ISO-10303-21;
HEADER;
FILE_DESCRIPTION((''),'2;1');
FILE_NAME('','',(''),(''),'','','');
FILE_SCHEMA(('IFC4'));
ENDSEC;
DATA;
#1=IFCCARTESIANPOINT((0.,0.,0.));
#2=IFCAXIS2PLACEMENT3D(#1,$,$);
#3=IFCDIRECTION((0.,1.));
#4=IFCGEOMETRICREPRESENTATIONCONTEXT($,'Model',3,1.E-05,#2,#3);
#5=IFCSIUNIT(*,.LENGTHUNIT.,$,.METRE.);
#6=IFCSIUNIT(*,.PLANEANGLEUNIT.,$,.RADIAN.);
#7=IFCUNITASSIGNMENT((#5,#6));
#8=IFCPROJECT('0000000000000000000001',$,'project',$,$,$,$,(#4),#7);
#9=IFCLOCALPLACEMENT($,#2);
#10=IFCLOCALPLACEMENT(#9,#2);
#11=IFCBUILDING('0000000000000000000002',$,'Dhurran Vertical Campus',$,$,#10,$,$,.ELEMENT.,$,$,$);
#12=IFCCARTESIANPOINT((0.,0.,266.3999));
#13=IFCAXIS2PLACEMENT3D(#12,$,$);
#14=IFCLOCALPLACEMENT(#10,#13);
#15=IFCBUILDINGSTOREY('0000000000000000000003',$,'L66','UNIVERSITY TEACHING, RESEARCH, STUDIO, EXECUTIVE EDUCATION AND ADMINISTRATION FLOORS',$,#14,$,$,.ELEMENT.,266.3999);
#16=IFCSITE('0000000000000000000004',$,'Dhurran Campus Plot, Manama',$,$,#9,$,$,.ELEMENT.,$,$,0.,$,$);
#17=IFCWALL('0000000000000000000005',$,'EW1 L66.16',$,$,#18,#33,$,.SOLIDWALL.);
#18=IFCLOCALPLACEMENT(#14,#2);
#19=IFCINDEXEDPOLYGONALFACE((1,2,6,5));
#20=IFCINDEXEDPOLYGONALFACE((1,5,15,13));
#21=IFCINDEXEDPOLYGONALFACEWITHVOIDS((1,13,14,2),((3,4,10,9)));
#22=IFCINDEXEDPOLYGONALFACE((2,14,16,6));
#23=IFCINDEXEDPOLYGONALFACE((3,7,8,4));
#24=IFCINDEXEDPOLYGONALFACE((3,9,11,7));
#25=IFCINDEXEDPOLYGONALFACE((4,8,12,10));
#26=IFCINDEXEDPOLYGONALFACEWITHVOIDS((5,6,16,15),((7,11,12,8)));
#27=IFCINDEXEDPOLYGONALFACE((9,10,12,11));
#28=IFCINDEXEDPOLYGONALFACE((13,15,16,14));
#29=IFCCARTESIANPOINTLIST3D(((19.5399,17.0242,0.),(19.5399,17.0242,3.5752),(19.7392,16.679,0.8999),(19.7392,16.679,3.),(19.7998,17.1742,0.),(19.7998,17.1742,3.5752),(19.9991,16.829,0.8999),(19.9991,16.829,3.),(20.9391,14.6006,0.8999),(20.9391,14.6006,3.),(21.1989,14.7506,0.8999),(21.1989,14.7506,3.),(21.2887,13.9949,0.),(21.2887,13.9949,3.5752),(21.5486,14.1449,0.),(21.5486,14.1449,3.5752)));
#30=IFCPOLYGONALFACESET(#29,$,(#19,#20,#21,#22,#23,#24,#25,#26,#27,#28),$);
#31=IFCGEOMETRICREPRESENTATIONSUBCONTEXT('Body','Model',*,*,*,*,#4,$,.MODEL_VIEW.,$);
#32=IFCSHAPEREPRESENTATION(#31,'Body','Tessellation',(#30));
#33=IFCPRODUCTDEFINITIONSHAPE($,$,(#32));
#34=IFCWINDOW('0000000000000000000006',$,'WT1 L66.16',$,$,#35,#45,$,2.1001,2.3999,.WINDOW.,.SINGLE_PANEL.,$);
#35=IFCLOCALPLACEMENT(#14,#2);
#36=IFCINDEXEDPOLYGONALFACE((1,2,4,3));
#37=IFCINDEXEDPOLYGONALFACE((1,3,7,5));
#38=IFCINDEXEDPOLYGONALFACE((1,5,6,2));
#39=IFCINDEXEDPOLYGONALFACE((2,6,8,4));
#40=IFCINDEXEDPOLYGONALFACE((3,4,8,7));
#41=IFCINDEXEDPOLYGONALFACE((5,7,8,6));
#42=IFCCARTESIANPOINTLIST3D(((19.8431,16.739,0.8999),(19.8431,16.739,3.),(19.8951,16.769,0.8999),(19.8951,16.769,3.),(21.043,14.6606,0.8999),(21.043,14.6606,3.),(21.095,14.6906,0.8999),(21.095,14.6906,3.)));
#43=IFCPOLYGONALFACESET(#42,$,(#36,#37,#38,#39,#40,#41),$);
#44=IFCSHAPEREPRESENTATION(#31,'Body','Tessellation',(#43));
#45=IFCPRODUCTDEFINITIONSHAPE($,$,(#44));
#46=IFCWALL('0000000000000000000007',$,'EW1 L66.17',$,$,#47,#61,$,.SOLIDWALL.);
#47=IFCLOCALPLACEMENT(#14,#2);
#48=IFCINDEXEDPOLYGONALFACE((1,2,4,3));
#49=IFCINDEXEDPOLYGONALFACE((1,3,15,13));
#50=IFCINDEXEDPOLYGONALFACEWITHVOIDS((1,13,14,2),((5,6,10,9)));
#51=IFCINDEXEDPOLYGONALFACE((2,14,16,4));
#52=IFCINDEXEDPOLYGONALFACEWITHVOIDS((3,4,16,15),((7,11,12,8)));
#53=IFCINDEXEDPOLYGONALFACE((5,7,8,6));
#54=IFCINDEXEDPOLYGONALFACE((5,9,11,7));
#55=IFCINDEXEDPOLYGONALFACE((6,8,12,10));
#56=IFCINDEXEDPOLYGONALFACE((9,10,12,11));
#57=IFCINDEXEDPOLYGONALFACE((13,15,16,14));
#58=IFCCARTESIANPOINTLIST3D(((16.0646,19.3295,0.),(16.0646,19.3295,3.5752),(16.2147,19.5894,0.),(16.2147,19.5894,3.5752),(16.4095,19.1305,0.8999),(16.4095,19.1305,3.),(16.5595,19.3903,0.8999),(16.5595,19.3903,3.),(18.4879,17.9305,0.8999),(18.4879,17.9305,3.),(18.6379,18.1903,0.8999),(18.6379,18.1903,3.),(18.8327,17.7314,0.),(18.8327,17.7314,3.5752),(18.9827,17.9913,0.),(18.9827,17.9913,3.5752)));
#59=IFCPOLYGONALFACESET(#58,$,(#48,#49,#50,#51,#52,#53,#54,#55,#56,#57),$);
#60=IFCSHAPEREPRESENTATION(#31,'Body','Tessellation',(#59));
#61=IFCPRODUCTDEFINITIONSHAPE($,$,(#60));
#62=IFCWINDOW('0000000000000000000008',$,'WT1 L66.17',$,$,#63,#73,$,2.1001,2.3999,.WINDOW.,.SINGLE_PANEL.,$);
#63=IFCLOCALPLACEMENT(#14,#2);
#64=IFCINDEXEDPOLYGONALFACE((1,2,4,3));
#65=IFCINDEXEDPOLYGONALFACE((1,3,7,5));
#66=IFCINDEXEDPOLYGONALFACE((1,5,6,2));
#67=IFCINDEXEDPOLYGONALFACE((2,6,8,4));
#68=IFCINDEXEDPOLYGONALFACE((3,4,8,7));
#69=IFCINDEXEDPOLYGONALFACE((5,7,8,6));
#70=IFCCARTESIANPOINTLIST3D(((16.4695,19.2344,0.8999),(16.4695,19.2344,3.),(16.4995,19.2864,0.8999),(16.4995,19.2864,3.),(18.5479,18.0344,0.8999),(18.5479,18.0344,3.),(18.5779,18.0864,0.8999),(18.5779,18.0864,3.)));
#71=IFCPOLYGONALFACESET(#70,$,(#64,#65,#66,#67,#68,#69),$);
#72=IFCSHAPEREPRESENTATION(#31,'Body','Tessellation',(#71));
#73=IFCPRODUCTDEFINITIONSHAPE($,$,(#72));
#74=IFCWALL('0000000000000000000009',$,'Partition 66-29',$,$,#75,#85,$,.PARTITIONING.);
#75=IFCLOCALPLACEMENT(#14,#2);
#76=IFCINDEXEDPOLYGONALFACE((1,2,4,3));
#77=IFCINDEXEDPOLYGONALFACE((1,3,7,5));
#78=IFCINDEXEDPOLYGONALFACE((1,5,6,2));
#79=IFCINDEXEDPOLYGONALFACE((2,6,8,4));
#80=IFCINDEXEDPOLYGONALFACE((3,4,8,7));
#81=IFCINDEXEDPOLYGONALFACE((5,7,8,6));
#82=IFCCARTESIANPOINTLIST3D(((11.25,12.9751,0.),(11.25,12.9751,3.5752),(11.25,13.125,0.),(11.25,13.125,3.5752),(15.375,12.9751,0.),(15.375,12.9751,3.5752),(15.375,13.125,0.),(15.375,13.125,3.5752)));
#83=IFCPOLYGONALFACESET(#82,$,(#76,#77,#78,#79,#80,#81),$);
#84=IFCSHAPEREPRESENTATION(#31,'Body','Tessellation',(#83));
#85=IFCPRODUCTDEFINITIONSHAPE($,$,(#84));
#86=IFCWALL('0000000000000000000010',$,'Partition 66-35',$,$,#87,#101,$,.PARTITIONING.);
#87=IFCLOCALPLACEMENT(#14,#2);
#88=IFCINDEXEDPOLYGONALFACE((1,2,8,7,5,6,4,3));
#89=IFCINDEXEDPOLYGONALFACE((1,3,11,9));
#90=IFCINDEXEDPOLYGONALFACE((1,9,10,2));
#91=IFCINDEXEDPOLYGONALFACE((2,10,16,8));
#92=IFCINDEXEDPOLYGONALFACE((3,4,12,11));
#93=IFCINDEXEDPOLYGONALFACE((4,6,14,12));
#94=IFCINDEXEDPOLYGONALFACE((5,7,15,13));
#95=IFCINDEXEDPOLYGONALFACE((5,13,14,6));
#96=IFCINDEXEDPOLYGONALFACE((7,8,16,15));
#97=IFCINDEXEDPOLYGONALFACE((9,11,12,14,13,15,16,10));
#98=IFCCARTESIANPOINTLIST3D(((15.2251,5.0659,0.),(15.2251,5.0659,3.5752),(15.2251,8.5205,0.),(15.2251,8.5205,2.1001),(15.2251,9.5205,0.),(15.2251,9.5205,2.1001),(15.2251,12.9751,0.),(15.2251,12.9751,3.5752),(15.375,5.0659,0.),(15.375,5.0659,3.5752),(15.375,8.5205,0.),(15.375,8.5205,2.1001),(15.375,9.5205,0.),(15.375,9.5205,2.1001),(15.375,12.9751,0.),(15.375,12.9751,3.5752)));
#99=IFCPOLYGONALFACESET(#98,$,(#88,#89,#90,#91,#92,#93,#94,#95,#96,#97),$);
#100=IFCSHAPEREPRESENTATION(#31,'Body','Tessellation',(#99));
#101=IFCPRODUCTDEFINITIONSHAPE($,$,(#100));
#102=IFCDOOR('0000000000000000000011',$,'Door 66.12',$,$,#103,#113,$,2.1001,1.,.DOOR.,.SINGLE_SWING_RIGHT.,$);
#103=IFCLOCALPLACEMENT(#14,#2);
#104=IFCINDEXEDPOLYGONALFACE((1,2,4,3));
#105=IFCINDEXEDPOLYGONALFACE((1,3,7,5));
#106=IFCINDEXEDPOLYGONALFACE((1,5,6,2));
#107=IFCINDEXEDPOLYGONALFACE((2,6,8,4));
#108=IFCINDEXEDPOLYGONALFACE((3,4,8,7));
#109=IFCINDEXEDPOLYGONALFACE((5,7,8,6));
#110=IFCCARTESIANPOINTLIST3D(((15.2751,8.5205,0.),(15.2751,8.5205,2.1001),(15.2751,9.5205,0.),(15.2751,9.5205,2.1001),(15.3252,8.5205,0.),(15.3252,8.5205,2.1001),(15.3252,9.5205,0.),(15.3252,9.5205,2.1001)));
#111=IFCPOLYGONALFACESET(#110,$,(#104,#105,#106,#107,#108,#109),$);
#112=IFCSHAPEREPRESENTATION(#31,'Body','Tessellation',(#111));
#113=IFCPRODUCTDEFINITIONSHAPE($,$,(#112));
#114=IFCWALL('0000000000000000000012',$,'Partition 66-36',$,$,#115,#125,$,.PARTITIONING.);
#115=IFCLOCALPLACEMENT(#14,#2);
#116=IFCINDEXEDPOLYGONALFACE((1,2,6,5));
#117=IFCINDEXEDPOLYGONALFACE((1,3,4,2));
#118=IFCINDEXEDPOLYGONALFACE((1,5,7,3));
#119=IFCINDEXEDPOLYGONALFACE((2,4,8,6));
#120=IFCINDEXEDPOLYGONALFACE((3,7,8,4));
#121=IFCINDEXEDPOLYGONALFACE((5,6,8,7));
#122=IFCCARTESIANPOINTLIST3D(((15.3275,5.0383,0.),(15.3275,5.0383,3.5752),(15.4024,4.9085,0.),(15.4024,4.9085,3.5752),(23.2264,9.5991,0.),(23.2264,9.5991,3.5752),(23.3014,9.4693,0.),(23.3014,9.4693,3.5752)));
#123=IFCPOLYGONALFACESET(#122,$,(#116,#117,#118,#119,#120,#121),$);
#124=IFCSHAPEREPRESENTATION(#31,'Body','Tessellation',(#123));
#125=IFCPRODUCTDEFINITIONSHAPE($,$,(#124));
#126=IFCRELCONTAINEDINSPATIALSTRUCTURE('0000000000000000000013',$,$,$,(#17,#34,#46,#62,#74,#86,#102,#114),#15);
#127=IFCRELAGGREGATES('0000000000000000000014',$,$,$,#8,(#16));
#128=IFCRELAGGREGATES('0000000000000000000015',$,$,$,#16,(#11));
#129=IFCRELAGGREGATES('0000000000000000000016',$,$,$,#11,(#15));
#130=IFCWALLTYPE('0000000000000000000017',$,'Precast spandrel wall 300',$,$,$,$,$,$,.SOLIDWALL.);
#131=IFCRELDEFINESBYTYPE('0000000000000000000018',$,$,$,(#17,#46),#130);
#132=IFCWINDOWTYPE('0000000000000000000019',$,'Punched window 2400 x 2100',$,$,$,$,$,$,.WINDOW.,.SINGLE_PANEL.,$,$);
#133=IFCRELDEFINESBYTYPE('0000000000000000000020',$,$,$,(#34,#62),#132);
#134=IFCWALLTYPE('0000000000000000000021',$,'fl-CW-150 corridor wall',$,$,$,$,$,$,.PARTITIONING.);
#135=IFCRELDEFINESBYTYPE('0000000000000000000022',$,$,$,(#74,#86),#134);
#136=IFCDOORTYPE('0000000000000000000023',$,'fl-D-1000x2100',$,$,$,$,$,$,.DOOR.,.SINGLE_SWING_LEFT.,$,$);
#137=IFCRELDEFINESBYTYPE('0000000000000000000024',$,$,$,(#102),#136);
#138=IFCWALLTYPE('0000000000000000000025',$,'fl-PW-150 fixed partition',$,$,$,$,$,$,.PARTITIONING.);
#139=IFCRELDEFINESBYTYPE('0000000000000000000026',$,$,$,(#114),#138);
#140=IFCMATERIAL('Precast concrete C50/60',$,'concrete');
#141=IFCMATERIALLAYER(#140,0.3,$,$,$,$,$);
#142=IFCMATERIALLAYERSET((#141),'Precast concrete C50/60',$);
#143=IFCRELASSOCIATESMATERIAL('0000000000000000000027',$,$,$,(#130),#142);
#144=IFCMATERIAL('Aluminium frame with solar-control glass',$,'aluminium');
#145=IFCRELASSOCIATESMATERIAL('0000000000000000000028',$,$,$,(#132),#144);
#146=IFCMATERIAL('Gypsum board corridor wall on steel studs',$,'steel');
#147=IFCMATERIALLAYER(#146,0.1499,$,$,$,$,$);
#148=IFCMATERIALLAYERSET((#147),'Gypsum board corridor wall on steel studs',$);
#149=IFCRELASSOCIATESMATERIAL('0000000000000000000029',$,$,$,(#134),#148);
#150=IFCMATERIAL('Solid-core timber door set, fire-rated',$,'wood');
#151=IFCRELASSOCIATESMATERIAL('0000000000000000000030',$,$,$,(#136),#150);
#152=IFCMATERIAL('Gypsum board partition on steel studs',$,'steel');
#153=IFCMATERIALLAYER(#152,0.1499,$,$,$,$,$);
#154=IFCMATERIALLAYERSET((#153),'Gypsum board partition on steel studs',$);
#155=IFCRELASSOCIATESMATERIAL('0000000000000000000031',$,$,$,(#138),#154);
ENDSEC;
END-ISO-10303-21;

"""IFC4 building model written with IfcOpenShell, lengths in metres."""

from ifc_helpers import new_model, si_unit, direction, frame, frame_2d, origin, place, context, subcontext, project, spatial, rectangle, extrude, material, layer, layer_set, type_object, element, fill, save


model = new_model("IFC4")

# Units and contexts
model_context = context("Model", 3, precision=1e-05, world=origin(), true_north=direction((0.0, 1.0)))
body_context = subcontext(model_context, "Body", "Model", "MODEL_VIEW")
ifc_project = project(units=[si_unit("LENGTHUNIT", "METRE"), si_unit("PLANEANGLEUNIT", "RADIAN")], contexts=[model_context])

# Site, building, storey
site_placement = place(None, origin())
site = spatial("IfcSite", under=ifc_project, at=site_placement, Name="Dhurran Campus Plot, Manama", CompositionType="ELEMENT", RefElevation=0.0)
building_placement = place(site_placement, origin())
building = spatial("IfcBuilding", under=site, at=building_placement, Name="Dhurran Vertical Campus", CompositionType="ELEMENT")
storey_placement = place(building_placement, frame((0.0, 0.0, 266.3999)))
storey = spatial("IfcBuildingStorey", under=building, at=storey_placement, Name="L66", Description="UNIVERSITY TEACHING, RESEARCH, STUDIO, EXECUTIVE EDUCATION AND ADMINISTRATION FLOORS", CompositionType="ELEMENT", Elevation=266.3999)

# Walls, openings, windows
ifc_material_1 = material(Name="Precast concrete C50/60", Category="concrete")
ifc_layer_1 = layer(ifc_material_1, 0.3)
ifc_layer_set_1 = layer_set([ifc_layer_1], Name="Precast concrete C50/60")
wall_type_1 = type_object("IfcWallType", Name="Precast spandrel wall 300", PredefinedType="SOLIDWALL", material=ifc_layer_set_1)
ifc_material_2 = material(Name="Aluminium frame with solar-control glass", Category="aluminium")
window_type = type_object("IfcWindowType", Name="Punched window 2400 x 2100", PartitioningType="SINGLE_PANEL", PredefinedType="WINDOW", material=ifc_material_2)
wall_1_placement = place(storey_placement, frame((21.4187, 14.0698, 0.0), z_axis=(0.0, 0.0, 1.0), x_axis=(-0.49996, 0.866048, 0.0)))
wall_1 = element("IfcWall", 1, at=wall_1_placement, inside=storey, type_object=wall_type_1, Name="EW1 L66.16", PredefinedType="SOLIDWALL", context=body_context, shape_type="SweptSolid", body=[
    extrude(rectangle(XDim=3.4978, YDim=0.3, at=frame_2d((1.749, 0.0))), origin(), (0.0, 0.0, 1.0), 3.5752),
])
opening_1_placement = place(wall_1_placement, frame((0.6995, 0.0, 0.8999)))
opening_1 = element("IfcOpeningElement", 2, at=opening_1_placement, cuts=wall_1, PredefinedType="OPENING", context=body_context, shape_type="SweptSolid", body=[
    extrude(rectangle(XDim=2.3999, YDim=2.1001, at=frame_2d((1.2, 1.05))), frame((0.0, 0.1599, 0.0), z_axis=(0.0, -1.0, 0.0), x_axis=(1.0, 0.0, 0.0)), (0.0, 0.0, 1.0), 0.3201),
])
window_1_placement = place(opening_1_placement, origin())
window_1 = element("IfcWindow", 3, at=window_1_placement, inside=storey, type_object=window_type, Name="WT1 L66.16", OverallHeight=2.1001, OverallWidth=2.3999, PartitioningType="SINGLE_PANEL", PredefinedType="WINDOW", context=body_context, shape_type="SweptSolid", body=[
    extrude(rectangle(XDim=2.3999, YDim=2.1001, at=frame_2d((1.2, 1.05))), frame((0.0, 0.03, 0.0), z_axis=(0.0, -1.0, 0.0), x_axis=(1.0, 0.0, 0.0)), (0.0, 0.0, 1.0), 0.0601),
])
fill(opening_1, window_1)
wall_2_placement = place(storey_placement, frame((18.9077, 17.8613, 0.0), z_axis=(0.0, 0.0, 1.0), x_axis=(-0.866025, 0.5, 0.0)))
wall_2 = element("IfcWall", 4, at=wall_2_placement, inside=storey, type_object=wall_type_1, Name="EW1 L66.17", PredefinedType="SOLIDWALL", context=body_context, shape_type="SweptSolid", body=[
    extrude(rectangle(XDim=3.1963, YDim=0.3, at=frame_2d((1.5981, 0.0))), origin(), (0.0, 0.0, 1.0), 3.5752),
])
opening_2_placement = place(wall_2_placement, frame((0.3982, 0.0, 0.8999)))
opening_2 = element("IfcOpeningElement", 5, at=opening_2_placement, cuts=wall_2, PredefinedType="OPENING", context=body_context, shape_type="SweptSolid", body=[
    extrude(rectangle(XDim=2.3999, YDim=2.1001, at=frame_2d((1.2, 1.05))), frame((0.0, 0.1599, 0.0), z_axis=(0.0, -1.0, 0.0), x_axis=(1.0, 0.0, 0.0)), (0.0, 0.0, 1.0), 0.3201),
])
window_2_placement = place(opening_2_placement, origin())
window_2 = element("IfcWindow", 6, at=window_2_placement, inside=storey, type_object=window_type, Name="WT1 L66.17", OverallHeight=2.1001, OverallWidth=2.3999, PartitioningType="SINGLE_PANEL", PredefinedType="WINDOW", context=body_context, shape_type="SweptSolid", body=[
    extrude(rectangle(XDim=2.3999, YDim=2.1001, at=frame_2d((1.2, 1.05))), frame((0.0, 0.03, 0.0), z_axis=(0.0, -1.0, 0.0), x_axis=(1.0, 0.0, 0.0)), (0.0, 0.0, 1.0), 0.0601),
])
fill(opening_2, window_2)

# Wall
ifc_material_3 = material(Name="Gypsum board corridor wall on steel studs", Category="steel")
ifc_layer_2 = layer(ifc_material_3, 0.1499)
ifc_layer_set_2 = layer_set([ifc_layer_2], Name="Gypsum board corridor wall on steel studs")
wall_type_2 = type_object("IfcWallType", Name="fl-CW-150 corridor wall", PredefinedType="PARTITIONING", material=ifc_layer_set_2)
wall_3_placement = place(storey_placement, frame((15.375, 13.05, 0.0), z_axis=(0.0, 0.0, 1.0), x_axis=(-1.0, 0.0, 0.0)))
element("IfcWall", 7, at=wall_3_placement, inside=storey, type_object=wall_type_2, Name="Partition 66-29", PredefinedType="PARTITIONING", context=body_context, shape_type="SweptSolid", body=[
    extrude(rectangle(XDim=4.125, YDim=0.1499, at=frame_2d((2.0625, 0.0))), origin(), (0.0, 0.0, 1.0), 3.5752),
])

# Wall, opening, door
wall_4_placement = place(storey_placement, frame((15.3, 5.0659, 0.0), z_axis=(0.0, 0.0, 1.0), x_axis=(0.0, 1.0, 0.0)))
wall_4 = element("IfcWall", 8, at=wall_4_placement, inside=storey, type_object=wall_type_2, Name="Partition 66-35", PredefinedType="PARTITIONING", context=body_context, shape_type="SweptSolid", body=[
    extrude(rectangle(XDim=7.9092, YDim=0.1499, at=frame_2d((3.9546, 0.0))), origin(), (0.0, 0.0, 1.0), 3.5752),
])
opening_3_placement = place(wall_4_placement, frame((3.4546, 0.0, 0.0)))
opening_3 = element("IfcOpeningElement", 9, at=opening_3_placement, cuts=wall_4, PredefinedType="OPENING", context=body_context, shape_type="SweptSolid", body=[
    extrude(rectangle(XDim=1.0, YDim=2.1001, at=frame_2d((0.5, 1.05))), frame((0.0, 0.085, 0.0), z_axis=(0.0, -1.0, 0.0), x_axis=(1.0, 0.0, 0.0)), (0.0, 0.0, 1.0), 0.1699),
])
ifc_material_4 = material(Name="Solid-core timber door set, fire-rated", Category="wood")
door_type = type_object("IfcDoorType", Name="fl-D-1000x2100", OperationType="SINGLE_SWING_LEFT", PredefinedType="DOOR", material=ifc_material_4)
door_placement = place(opening_3_placement, origin())
door = element("IfcDoor", 10, at=door_placement, inside=storey, type_object=door_type, Name="Door 66.12", OperationType="SINGLE_SWING_RIGHT", OverallHeight=2.1001, OverallWidth=1.0, PredefinedType="DOOR", context=body_context, shape_type="SweptSolid", body=[
    extrude(rectangle(XDim=1.0, YDim=2.1001, at=frame_2d((0.5, 1.05))), frame((0.0, 0.0249, 0.0), z_axis=(0.0, -1.0, 0.0), x_axis=(1.0, 0.0, 0.0)), (0.0, 0.0, 1.0), 0.05),
])
fill(opening_3, door)

# Wall
ifc_material_5 = material(Name="Gypsum board partition on steel studs", Category="steel")
ifc_layer_3 = layer(ifc_material_5, 0.1499)
ifc_layer_set_3 = layer_set([ifc_layer_3], Name="Gypsum board partition on steel studs")
wall_type_3 = type_object("IfcWallType", Name="fl-PW-150 fixed partition", PredefinedType="PARTITIONING", material=ifc_layer_set_3)
wall_5_placement = place(storey_placement, frame((23.2639, 9.5342, 0.0), z_axis=(0.0, 0.0, 1.0), x_axis=(-0.866009, -0.500028, 0.0)))
element("IfcWall", 11, at=wall_5_placement, inside=storey, type_object=wall_type_3, Name="Partition 66-36", PredefinedType="PARTITIONING", context=body_context, shape_type="SweptSolid", body=[
    extrude(rectangle(XDim=9.1211, YDim=0.1499, at=frame_2d((4.5605, 0.0))), origin(), (0.0, 0.0, 1.0), 3.5752),
])

save(model, "model.ifc")
